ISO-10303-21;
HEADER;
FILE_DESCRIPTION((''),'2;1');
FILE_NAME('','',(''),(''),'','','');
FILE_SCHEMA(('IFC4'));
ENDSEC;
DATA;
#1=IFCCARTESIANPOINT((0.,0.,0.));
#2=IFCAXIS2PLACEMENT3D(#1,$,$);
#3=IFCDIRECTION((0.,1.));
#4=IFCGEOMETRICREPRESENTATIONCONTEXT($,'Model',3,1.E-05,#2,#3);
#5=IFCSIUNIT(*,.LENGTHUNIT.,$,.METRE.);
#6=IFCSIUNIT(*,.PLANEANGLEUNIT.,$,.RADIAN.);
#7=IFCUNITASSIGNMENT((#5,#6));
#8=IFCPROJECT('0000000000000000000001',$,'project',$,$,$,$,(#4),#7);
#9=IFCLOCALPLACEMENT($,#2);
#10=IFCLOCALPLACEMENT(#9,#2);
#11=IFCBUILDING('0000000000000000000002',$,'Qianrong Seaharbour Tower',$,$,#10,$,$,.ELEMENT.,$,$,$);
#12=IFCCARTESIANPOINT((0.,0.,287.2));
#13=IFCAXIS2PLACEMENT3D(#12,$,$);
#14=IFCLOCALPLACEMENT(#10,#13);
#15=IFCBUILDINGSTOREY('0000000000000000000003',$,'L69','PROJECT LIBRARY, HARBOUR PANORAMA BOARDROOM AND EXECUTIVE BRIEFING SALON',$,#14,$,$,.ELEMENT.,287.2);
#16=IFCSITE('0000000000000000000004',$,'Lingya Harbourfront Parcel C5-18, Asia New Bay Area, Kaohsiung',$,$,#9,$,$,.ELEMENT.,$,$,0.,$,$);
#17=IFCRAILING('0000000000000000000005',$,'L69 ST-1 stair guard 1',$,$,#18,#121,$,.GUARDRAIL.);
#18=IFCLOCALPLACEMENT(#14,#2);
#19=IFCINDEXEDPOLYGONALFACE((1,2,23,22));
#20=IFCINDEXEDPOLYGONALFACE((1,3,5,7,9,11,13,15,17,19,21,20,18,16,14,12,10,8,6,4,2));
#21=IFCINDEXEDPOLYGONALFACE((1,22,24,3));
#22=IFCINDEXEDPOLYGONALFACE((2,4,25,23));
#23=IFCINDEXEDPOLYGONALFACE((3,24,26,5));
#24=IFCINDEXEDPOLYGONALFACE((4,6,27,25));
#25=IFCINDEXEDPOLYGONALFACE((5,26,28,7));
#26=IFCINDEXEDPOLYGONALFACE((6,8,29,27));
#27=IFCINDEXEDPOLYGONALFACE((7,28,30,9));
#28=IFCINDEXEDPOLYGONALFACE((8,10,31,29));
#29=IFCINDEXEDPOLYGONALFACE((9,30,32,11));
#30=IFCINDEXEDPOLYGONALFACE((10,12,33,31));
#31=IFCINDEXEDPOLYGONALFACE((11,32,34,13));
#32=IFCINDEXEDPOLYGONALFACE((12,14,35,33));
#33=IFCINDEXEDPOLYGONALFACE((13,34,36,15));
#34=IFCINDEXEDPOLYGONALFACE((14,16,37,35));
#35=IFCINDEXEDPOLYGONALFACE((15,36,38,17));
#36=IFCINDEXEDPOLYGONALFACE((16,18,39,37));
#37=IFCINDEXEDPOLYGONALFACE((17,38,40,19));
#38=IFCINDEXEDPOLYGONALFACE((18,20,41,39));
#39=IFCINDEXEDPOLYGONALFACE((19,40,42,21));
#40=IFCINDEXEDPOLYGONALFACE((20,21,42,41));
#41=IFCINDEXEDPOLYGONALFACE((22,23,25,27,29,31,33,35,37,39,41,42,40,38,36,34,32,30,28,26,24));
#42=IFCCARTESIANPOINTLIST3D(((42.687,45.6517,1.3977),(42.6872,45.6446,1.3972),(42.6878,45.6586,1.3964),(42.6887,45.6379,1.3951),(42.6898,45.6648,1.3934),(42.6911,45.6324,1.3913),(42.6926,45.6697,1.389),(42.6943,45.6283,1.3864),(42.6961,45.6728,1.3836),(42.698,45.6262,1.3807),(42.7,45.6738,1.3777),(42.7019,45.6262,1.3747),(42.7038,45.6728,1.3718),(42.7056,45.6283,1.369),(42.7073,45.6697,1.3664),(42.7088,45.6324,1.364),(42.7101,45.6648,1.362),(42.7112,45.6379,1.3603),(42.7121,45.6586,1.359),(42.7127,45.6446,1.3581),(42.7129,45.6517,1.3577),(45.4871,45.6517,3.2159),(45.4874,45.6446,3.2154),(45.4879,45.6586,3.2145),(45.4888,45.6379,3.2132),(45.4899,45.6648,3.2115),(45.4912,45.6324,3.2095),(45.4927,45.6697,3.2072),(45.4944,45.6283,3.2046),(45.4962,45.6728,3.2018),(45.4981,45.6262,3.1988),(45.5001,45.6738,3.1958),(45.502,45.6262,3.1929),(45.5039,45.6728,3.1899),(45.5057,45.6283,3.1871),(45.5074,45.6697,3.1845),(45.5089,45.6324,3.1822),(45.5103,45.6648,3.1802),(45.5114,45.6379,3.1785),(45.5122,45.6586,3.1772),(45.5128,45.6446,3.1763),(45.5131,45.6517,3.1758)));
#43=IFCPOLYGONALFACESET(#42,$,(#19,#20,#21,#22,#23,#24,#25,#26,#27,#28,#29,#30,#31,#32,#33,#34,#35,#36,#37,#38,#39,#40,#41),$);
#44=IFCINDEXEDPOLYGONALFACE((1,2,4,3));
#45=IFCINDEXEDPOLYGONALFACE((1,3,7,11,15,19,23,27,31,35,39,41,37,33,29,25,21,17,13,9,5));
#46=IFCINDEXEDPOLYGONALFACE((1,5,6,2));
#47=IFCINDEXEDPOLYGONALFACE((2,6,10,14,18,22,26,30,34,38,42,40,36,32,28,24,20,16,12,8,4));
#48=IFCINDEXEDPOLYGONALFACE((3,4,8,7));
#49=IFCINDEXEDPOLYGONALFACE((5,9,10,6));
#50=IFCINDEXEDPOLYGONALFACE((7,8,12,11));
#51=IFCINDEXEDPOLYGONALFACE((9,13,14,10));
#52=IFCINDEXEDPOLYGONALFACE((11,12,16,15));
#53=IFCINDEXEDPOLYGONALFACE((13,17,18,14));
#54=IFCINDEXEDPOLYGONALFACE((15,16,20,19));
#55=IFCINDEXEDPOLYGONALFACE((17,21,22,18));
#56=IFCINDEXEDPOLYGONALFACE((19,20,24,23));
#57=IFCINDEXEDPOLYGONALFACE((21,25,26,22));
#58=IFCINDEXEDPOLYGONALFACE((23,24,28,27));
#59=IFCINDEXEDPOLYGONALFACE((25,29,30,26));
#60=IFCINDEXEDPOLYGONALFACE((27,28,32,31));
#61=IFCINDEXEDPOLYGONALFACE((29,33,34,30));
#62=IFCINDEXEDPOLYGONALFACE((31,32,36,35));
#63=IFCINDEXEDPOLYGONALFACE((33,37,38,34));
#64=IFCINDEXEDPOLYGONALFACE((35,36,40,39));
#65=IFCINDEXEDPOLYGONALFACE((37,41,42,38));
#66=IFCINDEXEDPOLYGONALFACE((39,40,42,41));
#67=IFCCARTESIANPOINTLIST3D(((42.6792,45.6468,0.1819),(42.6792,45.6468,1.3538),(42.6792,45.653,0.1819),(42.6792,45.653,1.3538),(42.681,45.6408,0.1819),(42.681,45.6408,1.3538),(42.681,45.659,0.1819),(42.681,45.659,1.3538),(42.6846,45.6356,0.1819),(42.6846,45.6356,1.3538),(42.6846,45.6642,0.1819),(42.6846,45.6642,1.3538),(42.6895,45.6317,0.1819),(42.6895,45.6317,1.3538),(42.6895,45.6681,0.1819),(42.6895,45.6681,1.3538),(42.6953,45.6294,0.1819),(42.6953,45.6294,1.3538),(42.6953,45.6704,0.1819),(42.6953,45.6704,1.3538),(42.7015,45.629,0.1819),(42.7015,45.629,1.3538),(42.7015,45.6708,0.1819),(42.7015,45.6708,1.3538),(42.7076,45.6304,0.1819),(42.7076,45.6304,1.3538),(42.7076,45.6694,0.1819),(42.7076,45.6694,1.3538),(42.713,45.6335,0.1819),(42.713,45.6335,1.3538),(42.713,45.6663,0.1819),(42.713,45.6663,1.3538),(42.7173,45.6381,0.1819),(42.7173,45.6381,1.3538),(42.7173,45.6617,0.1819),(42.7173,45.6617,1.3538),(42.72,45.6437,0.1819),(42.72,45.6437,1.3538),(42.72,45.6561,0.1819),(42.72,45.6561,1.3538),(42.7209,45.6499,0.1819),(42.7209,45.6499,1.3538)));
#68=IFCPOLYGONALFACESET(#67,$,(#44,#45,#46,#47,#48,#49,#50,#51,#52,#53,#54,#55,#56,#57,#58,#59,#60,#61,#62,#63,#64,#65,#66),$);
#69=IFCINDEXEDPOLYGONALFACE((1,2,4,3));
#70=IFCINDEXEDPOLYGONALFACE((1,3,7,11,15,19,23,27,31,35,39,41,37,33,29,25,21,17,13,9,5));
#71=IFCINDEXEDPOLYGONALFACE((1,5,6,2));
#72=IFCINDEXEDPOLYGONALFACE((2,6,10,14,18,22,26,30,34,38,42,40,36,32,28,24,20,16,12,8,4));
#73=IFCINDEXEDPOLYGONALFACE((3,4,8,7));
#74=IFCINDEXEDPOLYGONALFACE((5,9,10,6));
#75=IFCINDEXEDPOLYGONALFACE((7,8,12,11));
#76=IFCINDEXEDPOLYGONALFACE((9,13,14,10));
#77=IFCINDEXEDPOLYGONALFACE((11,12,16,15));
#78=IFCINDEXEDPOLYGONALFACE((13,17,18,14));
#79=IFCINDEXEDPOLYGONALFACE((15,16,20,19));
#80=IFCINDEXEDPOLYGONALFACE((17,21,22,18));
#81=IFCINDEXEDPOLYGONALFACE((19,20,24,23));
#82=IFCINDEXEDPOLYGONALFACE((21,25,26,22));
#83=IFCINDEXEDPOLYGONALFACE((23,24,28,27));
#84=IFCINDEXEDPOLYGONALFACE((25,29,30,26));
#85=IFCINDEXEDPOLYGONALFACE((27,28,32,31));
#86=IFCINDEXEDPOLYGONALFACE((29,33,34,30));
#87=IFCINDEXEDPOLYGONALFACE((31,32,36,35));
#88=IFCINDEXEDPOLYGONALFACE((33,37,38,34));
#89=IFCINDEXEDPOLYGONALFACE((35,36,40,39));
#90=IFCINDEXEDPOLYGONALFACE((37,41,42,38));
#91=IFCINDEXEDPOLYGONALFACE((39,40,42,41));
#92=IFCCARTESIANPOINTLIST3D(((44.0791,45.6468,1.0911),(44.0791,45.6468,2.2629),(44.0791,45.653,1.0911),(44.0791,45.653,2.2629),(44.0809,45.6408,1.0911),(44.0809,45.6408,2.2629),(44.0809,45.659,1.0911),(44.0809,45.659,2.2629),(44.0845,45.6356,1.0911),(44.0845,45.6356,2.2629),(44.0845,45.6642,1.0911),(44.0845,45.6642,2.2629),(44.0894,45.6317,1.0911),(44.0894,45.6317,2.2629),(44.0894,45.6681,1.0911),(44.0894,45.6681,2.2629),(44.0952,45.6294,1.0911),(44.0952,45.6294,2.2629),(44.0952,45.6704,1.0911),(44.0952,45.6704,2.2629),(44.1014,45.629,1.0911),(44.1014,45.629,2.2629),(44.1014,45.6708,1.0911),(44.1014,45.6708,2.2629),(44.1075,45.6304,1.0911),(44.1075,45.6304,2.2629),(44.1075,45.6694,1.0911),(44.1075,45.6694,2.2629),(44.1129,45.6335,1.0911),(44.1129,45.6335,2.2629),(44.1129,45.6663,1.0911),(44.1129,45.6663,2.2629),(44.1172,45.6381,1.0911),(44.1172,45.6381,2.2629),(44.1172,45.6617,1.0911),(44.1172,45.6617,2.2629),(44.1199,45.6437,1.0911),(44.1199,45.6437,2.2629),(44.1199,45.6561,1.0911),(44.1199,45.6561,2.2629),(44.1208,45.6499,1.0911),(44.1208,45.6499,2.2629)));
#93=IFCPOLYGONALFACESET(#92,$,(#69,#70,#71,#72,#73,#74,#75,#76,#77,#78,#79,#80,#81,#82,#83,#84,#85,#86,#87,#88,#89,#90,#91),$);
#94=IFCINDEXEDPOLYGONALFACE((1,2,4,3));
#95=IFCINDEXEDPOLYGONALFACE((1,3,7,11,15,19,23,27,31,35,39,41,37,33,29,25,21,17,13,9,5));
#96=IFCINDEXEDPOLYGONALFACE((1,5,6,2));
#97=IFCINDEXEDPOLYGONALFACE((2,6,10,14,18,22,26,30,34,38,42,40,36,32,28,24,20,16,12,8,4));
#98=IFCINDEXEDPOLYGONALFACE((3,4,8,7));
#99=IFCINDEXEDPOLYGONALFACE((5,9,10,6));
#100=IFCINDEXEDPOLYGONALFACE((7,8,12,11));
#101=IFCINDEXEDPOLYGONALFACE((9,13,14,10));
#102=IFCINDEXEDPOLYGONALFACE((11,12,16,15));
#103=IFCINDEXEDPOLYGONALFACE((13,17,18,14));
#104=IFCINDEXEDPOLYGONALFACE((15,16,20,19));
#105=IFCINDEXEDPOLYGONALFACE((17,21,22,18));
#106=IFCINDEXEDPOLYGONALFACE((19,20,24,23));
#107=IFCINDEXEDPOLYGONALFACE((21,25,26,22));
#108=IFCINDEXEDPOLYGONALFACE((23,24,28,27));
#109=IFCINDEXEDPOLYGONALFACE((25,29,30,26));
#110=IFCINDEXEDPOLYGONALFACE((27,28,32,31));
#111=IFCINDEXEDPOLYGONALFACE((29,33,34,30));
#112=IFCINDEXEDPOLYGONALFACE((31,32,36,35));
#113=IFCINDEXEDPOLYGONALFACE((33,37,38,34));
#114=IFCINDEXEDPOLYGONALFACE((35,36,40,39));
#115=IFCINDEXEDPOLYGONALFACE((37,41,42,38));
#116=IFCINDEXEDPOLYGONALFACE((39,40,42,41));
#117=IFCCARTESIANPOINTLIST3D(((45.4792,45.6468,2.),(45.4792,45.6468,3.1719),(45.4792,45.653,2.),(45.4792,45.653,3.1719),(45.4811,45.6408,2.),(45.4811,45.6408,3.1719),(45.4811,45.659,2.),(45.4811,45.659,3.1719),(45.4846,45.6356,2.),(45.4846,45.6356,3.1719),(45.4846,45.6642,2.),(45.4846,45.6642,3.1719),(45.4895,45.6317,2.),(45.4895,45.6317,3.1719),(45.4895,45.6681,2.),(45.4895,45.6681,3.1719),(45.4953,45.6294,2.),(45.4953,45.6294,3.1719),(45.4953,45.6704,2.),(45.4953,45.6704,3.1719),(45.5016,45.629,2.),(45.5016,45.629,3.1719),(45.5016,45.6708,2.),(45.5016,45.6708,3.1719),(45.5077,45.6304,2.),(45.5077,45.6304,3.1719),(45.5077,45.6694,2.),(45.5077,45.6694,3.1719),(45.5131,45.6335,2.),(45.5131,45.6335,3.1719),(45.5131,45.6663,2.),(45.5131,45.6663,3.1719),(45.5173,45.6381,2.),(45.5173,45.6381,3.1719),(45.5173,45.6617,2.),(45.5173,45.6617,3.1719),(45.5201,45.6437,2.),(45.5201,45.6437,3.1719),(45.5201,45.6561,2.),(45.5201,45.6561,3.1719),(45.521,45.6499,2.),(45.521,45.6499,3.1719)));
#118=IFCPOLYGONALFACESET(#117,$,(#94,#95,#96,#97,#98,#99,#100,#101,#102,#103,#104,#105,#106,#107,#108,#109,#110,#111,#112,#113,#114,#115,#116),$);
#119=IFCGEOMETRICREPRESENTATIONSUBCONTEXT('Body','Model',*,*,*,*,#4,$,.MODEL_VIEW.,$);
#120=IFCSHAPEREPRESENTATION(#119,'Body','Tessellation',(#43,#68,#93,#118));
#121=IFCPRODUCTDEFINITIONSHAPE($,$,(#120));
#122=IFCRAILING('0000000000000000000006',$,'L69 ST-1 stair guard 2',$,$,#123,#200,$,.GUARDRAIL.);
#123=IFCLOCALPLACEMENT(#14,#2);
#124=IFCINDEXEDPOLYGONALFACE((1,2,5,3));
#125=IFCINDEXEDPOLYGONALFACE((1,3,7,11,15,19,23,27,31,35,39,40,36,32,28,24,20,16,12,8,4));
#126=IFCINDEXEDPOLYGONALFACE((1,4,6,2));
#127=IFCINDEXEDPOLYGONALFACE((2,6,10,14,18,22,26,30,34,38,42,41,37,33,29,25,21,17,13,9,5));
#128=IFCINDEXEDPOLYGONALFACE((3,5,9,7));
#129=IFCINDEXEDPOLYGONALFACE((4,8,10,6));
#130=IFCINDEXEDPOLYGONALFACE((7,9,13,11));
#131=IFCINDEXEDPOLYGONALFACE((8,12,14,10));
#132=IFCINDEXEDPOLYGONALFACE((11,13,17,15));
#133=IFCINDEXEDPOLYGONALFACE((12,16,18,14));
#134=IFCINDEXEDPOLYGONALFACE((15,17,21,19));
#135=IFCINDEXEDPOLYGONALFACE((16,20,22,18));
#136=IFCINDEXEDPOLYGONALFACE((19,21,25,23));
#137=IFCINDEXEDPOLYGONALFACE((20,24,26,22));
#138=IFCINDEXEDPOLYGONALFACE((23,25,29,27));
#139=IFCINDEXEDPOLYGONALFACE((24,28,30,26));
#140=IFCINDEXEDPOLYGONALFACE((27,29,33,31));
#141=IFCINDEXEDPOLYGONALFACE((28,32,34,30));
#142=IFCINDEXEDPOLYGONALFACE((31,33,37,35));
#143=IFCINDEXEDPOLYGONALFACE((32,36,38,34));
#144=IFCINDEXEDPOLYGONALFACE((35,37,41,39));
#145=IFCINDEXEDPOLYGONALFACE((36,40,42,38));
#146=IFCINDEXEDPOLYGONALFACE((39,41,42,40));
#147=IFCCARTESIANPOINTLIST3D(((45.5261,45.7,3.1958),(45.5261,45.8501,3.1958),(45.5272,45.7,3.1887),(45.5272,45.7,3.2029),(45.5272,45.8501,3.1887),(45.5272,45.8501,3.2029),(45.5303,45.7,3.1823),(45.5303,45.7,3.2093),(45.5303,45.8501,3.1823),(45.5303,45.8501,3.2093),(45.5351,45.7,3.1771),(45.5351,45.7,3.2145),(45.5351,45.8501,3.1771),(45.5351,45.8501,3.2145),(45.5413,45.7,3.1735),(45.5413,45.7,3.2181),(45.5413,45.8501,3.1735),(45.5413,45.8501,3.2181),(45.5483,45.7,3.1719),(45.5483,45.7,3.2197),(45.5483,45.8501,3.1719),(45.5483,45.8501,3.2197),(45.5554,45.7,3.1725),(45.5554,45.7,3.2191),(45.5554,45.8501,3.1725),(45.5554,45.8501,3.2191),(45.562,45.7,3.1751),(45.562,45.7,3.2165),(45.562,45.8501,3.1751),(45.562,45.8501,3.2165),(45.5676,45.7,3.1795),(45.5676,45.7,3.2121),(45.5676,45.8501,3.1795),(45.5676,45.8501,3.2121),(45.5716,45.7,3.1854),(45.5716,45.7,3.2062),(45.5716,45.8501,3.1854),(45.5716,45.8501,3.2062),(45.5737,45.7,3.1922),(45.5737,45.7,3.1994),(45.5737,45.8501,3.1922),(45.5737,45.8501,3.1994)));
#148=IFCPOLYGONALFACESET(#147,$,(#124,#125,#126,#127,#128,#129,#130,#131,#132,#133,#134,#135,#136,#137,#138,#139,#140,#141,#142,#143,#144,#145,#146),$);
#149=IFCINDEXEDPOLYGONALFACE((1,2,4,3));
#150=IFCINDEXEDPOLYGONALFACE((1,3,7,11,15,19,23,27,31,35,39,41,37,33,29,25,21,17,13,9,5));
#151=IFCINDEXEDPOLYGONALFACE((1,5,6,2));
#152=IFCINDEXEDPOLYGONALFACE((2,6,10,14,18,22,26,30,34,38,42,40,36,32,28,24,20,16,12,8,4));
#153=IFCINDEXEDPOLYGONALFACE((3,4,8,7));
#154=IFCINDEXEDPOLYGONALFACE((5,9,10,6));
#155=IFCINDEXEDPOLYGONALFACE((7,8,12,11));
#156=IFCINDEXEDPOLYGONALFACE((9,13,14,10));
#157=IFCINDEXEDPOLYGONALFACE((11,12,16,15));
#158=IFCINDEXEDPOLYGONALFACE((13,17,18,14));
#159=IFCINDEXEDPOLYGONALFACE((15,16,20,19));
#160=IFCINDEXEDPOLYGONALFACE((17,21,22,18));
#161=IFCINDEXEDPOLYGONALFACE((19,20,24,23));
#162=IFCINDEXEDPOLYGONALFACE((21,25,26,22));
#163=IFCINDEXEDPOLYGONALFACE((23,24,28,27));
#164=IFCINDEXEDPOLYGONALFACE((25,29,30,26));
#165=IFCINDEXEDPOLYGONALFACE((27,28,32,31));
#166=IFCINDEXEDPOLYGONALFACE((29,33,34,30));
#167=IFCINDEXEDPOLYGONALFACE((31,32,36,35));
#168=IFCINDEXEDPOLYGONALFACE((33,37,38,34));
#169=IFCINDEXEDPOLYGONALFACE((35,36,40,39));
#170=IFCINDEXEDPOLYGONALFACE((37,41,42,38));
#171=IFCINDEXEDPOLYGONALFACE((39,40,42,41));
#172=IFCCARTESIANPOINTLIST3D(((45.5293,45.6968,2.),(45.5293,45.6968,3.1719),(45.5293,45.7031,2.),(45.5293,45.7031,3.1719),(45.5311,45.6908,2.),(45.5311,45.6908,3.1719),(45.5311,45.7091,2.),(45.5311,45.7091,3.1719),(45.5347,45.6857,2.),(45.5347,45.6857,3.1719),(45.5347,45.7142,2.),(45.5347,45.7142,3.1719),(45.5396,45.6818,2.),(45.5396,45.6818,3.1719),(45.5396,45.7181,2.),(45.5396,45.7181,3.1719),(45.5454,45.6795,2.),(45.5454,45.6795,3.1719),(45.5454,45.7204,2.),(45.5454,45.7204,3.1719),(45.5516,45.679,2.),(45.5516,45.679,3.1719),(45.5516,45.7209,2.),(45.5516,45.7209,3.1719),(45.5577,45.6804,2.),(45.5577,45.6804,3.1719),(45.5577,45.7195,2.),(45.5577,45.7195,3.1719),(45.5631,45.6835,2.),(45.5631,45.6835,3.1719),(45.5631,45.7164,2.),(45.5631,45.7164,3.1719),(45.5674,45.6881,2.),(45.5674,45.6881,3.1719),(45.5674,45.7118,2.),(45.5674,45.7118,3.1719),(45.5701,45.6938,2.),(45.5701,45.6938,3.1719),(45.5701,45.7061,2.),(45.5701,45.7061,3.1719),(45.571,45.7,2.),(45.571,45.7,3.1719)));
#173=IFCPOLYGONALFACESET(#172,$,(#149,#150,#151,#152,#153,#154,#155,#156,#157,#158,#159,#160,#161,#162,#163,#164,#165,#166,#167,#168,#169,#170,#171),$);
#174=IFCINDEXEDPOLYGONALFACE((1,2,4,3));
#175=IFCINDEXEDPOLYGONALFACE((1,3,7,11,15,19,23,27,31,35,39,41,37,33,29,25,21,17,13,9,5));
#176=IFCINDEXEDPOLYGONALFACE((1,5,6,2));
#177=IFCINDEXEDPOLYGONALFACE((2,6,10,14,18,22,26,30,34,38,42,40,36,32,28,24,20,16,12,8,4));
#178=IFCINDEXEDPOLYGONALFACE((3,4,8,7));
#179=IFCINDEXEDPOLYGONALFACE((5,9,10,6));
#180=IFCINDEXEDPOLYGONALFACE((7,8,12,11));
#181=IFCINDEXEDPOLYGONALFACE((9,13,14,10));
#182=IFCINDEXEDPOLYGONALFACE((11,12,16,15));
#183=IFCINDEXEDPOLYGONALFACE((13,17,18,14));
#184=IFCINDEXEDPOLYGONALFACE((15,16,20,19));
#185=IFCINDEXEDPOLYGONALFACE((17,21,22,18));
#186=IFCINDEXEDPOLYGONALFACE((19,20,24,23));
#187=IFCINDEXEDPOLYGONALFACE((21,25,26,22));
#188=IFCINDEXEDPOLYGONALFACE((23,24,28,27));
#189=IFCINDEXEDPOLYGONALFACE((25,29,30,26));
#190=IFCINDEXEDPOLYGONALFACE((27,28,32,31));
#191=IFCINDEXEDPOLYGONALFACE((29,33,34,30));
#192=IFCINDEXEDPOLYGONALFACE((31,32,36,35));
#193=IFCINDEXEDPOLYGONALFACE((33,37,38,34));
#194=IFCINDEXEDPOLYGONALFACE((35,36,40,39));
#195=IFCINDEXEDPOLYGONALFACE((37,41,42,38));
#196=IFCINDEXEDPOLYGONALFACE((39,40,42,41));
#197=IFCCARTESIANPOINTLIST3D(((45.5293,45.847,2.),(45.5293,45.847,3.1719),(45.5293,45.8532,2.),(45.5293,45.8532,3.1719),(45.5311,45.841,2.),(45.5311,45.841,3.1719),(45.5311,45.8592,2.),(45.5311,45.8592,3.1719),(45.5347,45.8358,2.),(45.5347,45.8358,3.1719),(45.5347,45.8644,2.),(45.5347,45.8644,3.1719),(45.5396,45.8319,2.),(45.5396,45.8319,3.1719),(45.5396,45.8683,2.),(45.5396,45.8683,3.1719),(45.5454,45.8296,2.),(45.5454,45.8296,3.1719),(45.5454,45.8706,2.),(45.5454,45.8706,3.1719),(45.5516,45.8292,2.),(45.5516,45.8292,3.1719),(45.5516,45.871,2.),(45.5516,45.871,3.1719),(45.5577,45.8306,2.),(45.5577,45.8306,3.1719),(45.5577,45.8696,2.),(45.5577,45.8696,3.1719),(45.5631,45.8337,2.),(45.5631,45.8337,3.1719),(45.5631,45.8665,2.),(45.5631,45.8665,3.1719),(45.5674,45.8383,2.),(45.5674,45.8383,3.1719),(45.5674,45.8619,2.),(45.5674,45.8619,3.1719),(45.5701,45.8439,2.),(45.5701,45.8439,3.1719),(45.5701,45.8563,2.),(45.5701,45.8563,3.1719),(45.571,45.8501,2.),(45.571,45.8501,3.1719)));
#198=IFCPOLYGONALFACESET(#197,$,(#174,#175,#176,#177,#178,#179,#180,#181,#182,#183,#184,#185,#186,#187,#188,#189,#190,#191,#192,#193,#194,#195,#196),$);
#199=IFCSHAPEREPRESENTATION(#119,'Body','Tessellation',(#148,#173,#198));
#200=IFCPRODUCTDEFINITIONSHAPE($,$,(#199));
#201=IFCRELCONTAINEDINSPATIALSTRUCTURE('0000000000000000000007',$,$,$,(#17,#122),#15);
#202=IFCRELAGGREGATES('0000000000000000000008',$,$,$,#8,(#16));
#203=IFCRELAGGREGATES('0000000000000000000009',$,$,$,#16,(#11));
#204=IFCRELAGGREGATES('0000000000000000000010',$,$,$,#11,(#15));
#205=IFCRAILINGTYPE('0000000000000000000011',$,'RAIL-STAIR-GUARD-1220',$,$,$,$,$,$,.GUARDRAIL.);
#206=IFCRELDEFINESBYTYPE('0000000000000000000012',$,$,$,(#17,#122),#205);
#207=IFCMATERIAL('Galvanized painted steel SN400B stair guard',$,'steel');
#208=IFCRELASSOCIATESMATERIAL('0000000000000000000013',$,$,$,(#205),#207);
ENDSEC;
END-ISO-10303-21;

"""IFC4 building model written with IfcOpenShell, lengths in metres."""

from ifc_helpers import new_model, si_unit, direction, frame, origin, origin_2d, place, context, subcontext, project, spatial, circle, extrude, material, type_object, element, save


model = new_model("IFC4")

# Units and contexts
model_context = context("Model", 3, precision=1e-05, world=origin(), true_north=direction((0.0, 1.0)))
body_context = subcontext(model_context, "Body", "Model", "MODEL_VIEW")
ifc_project = project(units=[si_unit("LENGTHUNIT", "METRE"), si_unit("PLANEANGLEUNIT", "RADIAN")], contexts=[model_context])

# Site, building, storey
site_placement = place(None, origin())
site = spatial("IfcSite", under=ifc_project, at=site_placement, Name="Lingya Harbourfront Parcel C5-18, Asia New Bay Area, Kaohsiung", CompositionType="ELEMENT", RefElevation=0.0)
building_placement = place(site_placement, origin())
building = spatial("IfcBuilding", under=site, at=building_placement, Name="Qianrong Seaharbour Tower", CompositionType="ELEMENT")
storey_placement = place(building_placement, frame((0.0, 0.0, 287.2)))
storey = spatial("IfcBuildingStorey", under=building, at=storey_placement, Name="L69", Description="PROJECT LIBRARY, HARBOUR PANORAMA BOARDROOM AND EXECUTIVE BRIEFING SALON", CompositionType="ELEMENT", Elevation=287.2)

# Railings
ifc_material_1 = material(Name="Galvanized painted steel SN400B stair guard", Category="steel")
railing_type_1 = type_object("IfcRailingType", Name="RAIL-STAIR-GUARD-1220", PredefinedType="GUARDRAIL", material=ifc_material_1)
railing_1_placement = place(storey_placement, frame((42.7, 45.6499, 0.1819)))
element("IfcRailing", 1, at=railing_1_placement, inside=storey, type_object=railing_type_1, Name="L69 ST-1 stair guard 1", PredefinedType="GUARDRAIL", context=body_context, shape_type="SweptSolid", body=[
    extrude(circle(Radius=0.0239, at=origin_2d()), frame((0.0, 0.0, 1.1958), z_axis=(0.838706, 0.0, 0.544585), x_axis=(0.0, 1.0, 0.0)), (0.0, 0.0, 1.0), 3.3386),
    extrude(circle(Radius=0.021, at=origin_2d()), origin(), (0.0, 0.0, 1.0), 1.1719),
    extrude(circle(Radius=0.021, at=origin_2d()), frame((1.3999, 0.0, 0.9092)), (0.0, 0.0, 1.0), 1.1719),
    extrude(circle(Radius=0.021, at=origin_2d()), frame((2.8, 0.0, 1.8181)), (0.0, 0.0, 1.0), 1.1719),
])
railing_2_placement = place(storey_placement, frame((45.55, 45.7, 2.0)))
element("IfcRailing", 2, at=railing_2_placement, inside=storey, type_object=railing_type_1, Name="L69 ST-1 stair guard 2", PredefinedType="GUARDRAIL", context=body_context, shape_type="SweptSolid", body=[
    extrude(circle(Radius=0.0239, at=origin_2d()), frame((0.0, 0.0, 1.1958), z_axis=(0.0, 1.0, 0.0), x_axis=(-1.0, 0.0, 0.0)), (0.0, 0.0, 1.0), 0.1501),
    extrude(circle(Radius=0.021, at=origin_2d()), origin(), (0.0, 0.0, 1.0), 1.1719),
    extrude(circle(Radius=0.021, at=origin_2d()), frame((0.0, 0.1501, 0.0)), (0.0, 0.0, 1.0), 1.1719),
])

save(model, "model.ifc")
